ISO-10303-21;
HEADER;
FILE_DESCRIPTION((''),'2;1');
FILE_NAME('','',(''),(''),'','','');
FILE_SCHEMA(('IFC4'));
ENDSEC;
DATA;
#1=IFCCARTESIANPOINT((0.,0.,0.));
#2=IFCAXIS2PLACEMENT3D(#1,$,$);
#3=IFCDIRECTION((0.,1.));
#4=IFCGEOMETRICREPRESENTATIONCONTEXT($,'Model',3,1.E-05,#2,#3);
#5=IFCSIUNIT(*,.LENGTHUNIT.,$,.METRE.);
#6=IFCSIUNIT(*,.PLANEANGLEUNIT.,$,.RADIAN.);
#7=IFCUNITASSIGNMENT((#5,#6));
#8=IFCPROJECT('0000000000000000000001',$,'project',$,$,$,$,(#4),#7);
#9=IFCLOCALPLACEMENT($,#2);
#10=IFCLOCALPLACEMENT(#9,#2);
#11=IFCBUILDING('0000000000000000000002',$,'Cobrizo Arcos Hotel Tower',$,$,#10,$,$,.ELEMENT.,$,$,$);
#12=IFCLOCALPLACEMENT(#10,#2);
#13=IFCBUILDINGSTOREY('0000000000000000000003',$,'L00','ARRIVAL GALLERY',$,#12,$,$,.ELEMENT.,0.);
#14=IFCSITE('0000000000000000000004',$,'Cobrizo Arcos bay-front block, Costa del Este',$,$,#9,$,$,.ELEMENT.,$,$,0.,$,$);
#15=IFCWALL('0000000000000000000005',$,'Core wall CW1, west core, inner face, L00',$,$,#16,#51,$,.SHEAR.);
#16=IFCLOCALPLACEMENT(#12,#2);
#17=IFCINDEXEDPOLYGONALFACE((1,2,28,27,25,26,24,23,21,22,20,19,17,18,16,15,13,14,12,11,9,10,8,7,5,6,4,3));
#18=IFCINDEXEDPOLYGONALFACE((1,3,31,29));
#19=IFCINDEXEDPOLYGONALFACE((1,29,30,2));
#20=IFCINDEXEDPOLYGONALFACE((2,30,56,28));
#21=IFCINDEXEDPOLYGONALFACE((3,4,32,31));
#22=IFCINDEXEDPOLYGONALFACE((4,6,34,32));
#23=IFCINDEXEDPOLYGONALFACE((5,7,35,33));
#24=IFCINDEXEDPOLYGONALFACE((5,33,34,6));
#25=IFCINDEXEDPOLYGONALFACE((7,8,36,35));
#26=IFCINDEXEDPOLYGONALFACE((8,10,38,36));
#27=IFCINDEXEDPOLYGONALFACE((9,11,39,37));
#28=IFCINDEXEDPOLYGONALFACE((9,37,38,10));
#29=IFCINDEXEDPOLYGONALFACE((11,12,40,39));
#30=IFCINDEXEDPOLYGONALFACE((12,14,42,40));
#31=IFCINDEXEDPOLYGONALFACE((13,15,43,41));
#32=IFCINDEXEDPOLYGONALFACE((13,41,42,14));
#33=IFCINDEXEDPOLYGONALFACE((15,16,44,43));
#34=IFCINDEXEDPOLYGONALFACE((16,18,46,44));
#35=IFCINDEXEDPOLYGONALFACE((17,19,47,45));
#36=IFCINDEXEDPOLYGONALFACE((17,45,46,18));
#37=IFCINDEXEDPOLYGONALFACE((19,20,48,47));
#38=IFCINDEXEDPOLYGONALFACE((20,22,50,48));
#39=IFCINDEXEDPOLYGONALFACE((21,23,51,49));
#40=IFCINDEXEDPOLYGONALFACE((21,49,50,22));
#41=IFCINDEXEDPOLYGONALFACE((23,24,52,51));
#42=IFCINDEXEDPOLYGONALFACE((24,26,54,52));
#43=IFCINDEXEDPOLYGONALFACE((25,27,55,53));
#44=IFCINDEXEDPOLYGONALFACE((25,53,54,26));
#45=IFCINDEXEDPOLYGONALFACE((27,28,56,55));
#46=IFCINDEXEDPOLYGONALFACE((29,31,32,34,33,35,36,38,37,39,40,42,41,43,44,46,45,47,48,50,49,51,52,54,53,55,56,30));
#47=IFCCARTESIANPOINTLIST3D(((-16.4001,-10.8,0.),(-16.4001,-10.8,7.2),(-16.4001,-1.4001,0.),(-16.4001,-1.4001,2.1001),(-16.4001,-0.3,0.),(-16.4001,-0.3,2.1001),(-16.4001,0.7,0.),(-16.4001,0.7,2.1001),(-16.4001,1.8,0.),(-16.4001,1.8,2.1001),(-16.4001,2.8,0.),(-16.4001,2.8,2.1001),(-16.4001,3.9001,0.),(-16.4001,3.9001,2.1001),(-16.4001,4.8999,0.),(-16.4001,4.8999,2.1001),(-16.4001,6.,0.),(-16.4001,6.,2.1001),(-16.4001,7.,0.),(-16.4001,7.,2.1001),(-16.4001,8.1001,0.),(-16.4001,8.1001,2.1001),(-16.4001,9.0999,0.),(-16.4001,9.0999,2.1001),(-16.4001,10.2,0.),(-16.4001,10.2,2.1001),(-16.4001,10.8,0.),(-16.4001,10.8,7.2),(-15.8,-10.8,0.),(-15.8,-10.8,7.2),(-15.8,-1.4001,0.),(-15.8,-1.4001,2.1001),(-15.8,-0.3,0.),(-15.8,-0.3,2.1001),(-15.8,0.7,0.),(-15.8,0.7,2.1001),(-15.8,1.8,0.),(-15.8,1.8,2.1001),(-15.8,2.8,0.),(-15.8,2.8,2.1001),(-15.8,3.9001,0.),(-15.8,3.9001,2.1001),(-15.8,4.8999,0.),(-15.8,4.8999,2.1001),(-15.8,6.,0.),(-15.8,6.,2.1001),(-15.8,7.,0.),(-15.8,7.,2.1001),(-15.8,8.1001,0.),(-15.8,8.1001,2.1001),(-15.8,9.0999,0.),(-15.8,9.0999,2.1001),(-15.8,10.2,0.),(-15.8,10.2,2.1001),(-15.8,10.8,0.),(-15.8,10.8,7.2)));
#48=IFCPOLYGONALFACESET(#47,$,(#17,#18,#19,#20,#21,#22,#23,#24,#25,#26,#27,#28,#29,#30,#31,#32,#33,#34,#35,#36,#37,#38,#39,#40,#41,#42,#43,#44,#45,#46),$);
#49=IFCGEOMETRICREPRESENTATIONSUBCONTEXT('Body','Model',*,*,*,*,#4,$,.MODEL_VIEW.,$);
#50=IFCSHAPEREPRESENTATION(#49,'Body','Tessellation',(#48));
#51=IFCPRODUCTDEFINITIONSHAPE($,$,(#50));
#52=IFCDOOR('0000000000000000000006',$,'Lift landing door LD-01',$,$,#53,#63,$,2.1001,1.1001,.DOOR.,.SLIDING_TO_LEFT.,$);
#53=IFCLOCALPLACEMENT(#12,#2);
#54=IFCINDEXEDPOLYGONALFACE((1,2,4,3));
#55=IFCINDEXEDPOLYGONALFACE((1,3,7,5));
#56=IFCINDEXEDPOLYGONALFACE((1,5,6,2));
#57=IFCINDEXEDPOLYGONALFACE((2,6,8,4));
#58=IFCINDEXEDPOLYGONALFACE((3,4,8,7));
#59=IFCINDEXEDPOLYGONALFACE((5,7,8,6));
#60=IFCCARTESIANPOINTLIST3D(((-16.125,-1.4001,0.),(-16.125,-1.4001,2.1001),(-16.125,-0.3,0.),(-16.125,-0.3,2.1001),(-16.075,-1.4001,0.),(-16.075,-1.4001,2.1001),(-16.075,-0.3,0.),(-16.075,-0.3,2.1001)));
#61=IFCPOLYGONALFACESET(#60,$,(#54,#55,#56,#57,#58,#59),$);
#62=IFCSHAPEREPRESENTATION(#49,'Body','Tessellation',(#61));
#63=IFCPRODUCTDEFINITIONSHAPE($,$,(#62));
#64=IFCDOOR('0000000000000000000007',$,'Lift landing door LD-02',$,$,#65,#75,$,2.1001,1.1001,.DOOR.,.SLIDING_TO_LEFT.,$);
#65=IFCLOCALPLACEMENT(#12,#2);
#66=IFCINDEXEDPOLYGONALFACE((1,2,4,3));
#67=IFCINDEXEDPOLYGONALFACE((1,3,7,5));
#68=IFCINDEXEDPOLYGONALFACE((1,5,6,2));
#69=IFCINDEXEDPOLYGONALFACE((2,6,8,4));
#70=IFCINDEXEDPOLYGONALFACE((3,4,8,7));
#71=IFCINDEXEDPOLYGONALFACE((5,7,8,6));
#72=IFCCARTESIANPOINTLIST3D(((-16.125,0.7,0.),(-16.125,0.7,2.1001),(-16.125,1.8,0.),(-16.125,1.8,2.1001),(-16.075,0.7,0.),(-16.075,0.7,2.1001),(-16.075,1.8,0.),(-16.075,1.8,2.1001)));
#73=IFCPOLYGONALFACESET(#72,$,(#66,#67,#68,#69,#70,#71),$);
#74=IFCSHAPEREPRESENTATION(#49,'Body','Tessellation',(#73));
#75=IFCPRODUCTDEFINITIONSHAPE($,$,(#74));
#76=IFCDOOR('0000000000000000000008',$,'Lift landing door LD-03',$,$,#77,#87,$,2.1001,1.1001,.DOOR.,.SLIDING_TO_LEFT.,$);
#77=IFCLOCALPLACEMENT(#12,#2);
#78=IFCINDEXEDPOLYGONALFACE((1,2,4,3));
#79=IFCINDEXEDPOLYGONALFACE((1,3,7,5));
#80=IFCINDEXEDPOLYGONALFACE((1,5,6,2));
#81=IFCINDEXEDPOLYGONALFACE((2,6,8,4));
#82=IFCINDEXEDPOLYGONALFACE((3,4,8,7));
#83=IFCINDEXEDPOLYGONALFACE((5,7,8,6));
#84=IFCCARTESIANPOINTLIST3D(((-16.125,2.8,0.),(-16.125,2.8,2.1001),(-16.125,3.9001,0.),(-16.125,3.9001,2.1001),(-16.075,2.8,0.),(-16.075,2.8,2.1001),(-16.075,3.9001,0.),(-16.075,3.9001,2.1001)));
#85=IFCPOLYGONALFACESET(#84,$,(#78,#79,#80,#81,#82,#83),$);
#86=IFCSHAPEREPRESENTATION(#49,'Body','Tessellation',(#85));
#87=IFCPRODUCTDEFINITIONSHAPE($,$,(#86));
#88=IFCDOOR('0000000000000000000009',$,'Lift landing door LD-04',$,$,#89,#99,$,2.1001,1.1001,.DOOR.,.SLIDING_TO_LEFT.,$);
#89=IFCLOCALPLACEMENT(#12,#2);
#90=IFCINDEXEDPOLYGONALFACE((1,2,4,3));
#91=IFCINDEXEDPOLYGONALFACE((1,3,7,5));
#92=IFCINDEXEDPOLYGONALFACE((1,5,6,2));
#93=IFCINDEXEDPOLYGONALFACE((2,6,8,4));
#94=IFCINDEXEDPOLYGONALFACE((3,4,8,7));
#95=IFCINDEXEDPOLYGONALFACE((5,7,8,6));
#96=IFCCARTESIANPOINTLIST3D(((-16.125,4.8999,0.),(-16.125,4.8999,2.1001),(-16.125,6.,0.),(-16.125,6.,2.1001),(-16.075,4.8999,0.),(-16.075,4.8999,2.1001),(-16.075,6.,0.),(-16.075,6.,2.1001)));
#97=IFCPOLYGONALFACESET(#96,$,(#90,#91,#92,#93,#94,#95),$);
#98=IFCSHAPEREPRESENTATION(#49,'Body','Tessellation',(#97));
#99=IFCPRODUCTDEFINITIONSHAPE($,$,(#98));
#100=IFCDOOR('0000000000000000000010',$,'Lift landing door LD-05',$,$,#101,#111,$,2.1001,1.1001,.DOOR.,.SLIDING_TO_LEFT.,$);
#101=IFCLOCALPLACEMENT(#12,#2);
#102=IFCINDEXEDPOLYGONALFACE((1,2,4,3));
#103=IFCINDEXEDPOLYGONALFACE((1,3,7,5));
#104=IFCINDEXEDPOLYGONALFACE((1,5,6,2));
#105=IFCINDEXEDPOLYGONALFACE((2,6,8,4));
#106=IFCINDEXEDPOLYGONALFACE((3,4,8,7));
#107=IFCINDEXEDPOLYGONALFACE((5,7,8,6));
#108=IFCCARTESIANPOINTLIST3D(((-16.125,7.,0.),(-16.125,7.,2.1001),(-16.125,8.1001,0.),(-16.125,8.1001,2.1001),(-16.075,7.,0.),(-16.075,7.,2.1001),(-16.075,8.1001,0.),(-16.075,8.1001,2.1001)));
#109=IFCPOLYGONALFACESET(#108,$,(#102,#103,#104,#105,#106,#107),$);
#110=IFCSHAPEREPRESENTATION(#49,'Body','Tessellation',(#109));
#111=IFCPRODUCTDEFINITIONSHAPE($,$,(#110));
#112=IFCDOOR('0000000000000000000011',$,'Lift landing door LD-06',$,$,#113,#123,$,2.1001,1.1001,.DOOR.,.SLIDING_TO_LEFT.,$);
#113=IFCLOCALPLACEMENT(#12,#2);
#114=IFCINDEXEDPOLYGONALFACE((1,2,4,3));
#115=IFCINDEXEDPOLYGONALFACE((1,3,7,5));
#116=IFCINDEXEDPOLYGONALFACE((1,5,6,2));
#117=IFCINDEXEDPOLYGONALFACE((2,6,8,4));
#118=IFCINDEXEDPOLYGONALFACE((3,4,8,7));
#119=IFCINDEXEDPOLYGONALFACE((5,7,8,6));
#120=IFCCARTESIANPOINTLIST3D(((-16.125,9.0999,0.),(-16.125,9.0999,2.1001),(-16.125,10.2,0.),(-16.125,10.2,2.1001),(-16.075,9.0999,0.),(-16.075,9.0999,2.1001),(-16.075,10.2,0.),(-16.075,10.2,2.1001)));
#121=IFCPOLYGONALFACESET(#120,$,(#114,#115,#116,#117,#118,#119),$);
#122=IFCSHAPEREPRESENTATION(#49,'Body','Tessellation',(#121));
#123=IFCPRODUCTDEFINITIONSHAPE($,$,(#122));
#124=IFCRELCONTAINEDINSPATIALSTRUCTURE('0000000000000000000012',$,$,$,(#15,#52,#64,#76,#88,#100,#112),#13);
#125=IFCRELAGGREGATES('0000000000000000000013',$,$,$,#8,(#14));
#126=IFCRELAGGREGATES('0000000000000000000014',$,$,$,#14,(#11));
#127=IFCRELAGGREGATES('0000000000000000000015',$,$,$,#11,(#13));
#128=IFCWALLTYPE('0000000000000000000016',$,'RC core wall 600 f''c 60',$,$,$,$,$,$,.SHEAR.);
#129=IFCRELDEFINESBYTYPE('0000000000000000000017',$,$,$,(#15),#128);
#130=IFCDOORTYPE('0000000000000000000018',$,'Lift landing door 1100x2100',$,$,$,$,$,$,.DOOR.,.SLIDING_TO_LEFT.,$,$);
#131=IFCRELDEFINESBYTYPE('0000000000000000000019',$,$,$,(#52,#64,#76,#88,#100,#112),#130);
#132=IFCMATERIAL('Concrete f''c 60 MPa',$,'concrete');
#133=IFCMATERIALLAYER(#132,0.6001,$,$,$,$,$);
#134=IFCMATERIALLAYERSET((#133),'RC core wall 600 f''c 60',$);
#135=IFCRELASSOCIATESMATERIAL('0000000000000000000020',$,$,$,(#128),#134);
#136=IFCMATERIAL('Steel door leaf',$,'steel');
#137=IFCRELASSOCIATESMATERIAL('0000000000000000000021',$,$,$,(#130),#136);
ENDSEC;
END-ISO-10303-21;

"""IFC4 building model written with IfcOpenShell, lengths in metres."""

from ifc_helpers import new_model, si_unit, direction, frame, frame_2d, origin, place, context, subcontext, project, spatial, rectangle, extrude, material, layer, layer_set, type_object, element, fill, save


model = new_model("IFC4")

# Units and contexts
model_context = context("Model", 3, precision=1e-05, world=origin(), true_north=direction((0.0, 1.0)))
body_context = subcontext(model_context, "Body", "Model", "MODEL_VIEW")
ifc_project = project(units=[si_unit("LENGTHUNIT", "METRE"), si_unit("PLANEANGLEUNIT", "RADIAN")], contexts=[model_context])

# Site, building, storey
site_placement = place(None, origin())
site = spatial("IfcSite", under=ifc_project, at=site_placement, Name="Cobrizo Arcos bay-front block, Costa del Este", CompositionType="ELEMENT", RefElevation=0.0)
building_placement = place(site_placement, origin())
building = spatial("IfcBuilding", under=site, at=building_placement, Name="Cobrizo Arcos Hotel Tower", CompositionType="ELEMENT")
storey_placement = place(building_placement, origin())
storey = spatial("IfcBuildingStorey", under=building, at=storey_placement, Name="L00", Description="ARRIVAL GALLERY", CompositionType="ELEMENT", Elevation=0.0)

# Wall, openings, doors
ifc_material_1 = material(Name="Concrete f'c 60 MPa", Category="concrete")
ifc_layer_1 = layer(ifc_material_1, 0.6001)
ifc_layer_set_1 = layer_set([ifc_layer_1], Name="RC core wall 600 f'c 60")
wall_type_1 = type_object("IfcWallType", Name="RC core wall 600 f'c 60", PredefinedType="SHEAR", material=ifc_layer_set_1)
wall_1_placement = place(storey_placement, frame((-16.1001, -10.8, 0.0), z_axis=(0.0, 0.0, 1.0), x_axis=(0.0, 1.0, 0.0)))
wall_1 = element("IfcWall", 1, at=wall_1_placement, inside=storey, type_object=wall_type_1, Name="Core wall CW1, west core, inner face, L00", PredefinedType="SHEAR", context=body_context, shape_type="SweptSolid", body=[
    extrude(rectangle(XDim=21.6001, YDim=0.6001, at=frame_2d((10.8, 0.0))), origin(), (0.0, 0.0, 1.0), 7.2),
])
opening_1_placement = place(wall_1_placement, frame((9.3999, 0.0, 0.0)))
opening_1 = element("IfcOpeningElement", 2, at=opening_1_placement, cuts=wall_1, PredefinedType="OPENING", context=body_context, shape_type="SweptSolid", body=[
    extrude(rectangle(XDim=1.1001, YDim=2.1001, at=frame_2d((0.55, 1.05))), frame((0.0, 0.312, 0.0), z_axis=(0.0, -1.0, 0.0), x_axis=(1.0, 0.0, 0.0)), (0.0, 0.0, 1.0), 0.624),
])
opening_2_placement = place(wall_1_placement, frame((11.5, 0.0, 0.0)))
opening_2 = element("IfcOpeningElement", 3, at=opening_2_placement, cuts=wall_1, PredefinedType="OPENING", context=body_context, shape_type="SweptSolid", body=[
    extrude(rectangle(XDim=1.1001, YDim=2.1001, at=frame_2d((0.55, 1.05))), frame((0.0, 0.312, 0.0), z_axis=(0.0, -1.0, 0.0), x_axis=(1.0, 0.0, 0.0)), (0.0, 0.0, 1.0), 0.624),
])
opening_3_placement = place(wall_1_placement, frame((13.6001, 0.0, 0.0)))
opening_3 = element("IfcOpeningElement", 4, at=opening_3_placement, cuts=wall_1, PredefinedType="OPENING", context=body_context, shape_type="SweptSolid", body=[
    extrude(rectangle(XDim=1.1001, YDim=2.1001, at=frame_2d((0.55, 1.05))), frame((0.0, 0.312, 0.0), z_axis=(0.0, -1.0, 0.0), x_axis=(1.0, 0.0, 0.0)), (0.0, 0.0, 1.0), 0.624),
])
opening_4_placement = place(wall_1_placement, frame((15.7, 0.0, 0.0)))
opening_4 = element("IfcOpeningElement", 5, at=opening_4_placement, cuts=wall_1, PredefinedType="OPENING", context=body_context, shape_type="SweptSolid", body=[
    extrude(rectangle(XDim=1.1001, YDim=2.1001, at=frame_2d((0.55, 1.05))), frame((0.0, 0.312, 0.0), z_axis=(0.0, -1.0, 0.0), x_axis=(1.0, 0.0, 0.0)), (0.0, 0.0, 1.0), 0.624),
])
opening_5_placement = place(wall_1_placement, frame((17.8, 0.0, 0.0)))
opening_5 = element("IfcOpeningElement", 6, at=opening_5_placement, cuts=wall_1, PredefinedType="OPENING", context=body_context, shape_type="SweptSolid", body=[
    extrude(rectangle(XDim=1.1001, YDim=2.1001, at=frame_2d((0.55, 1.05))), frame((0.0, 0.312, 0.0), z_axis=(0.0, -1.0, 0.0), x_axis=(1.0, 0.0, 0.0)), (0.0, 0.0, 1.0), 0.624),
])
opening_6_placement = place(wall_1_placement, frame((19.8999, 0.0, 0.0)))
opening_6 = element("IfcOpeningElement", 7, at=opening_6_placement, cuts=wall_1, PredefinedType="OPENING", context=body_context, shape_type="SweptSolid", body=[
    extrude(rectangle(XDim=1.1001, YDim=2.1001, at=frame_2d((0.55, 1.05))), frame((0.0, 0.312, 0.0), z_axis=(0.0, -1.0, 0.0), x_axis=(1.0, 0.0, 0.0)), (0.0, 0.0, 1.0), 0.624),
])
ifc_material_2 = material(Name="Steel door leaf", Category="steel")
door_type_1 = type_object("IfcDoorType", Name="Lift landing door 1100x2100", OperationType="SLIDING_TO_LEFT", PredefinedType="DOOR", material=ifc_material_2)
door_1_placement = place(opening_1_placement, origin())
door_1 = element("IfcDoor", 8, at=door_1_placement, inside=storey, type_object=door_type_1, Name="Lift landing door LD-01", OperationType="SLIDING_TO_LEFT", OverallHeight=2.1001, OverallWidth=1.1001, PredefinedType="DOOR", context=body_context, shape_type="SweptSolid", body=[
    extrude(rectangle(XDim=1.1001, YDim=2.1001, at=frame_2d((0.55, 1.05))), frame((0.0, 0.0249, 0.0), z_axis=(0.0, -1.0, 0.0), x_axis=(1.0, 0.0, 0.0)), (0.0, 0.0, 1.0), 0.05),
])
fill(opening_1, door_1)
door_2_placement = place(opening_2_placement, origin())
door_2 = element("IfcDoor", 9, at=door_2_placement, inside=storey, type_object=door_type_1, Name="Lift landing door LD-02", OperationType="SLIDING_TO_LEFT", OverallHeight=2.1001, OverallWidth=1.1001, PredefinedType="DOOR", context=body_context, shape_type="SweptSolid", body=[
    extrude(rectangle(XDim=1.1001, YDim=2.1001, at=frame_2d((0.55, 1.05))), frame((0.0, 0.0249, 0.0), z_axis=(0.0, -1.0, 0.0), x_axis=(1.0, 0.0, 0.0)), (0.0, 0.0, 1.0), 0.05),
])
fill(opening_2, door_2)
door_3_placement = place(opening_3_placement, origin())
door_3 = element("IfcDoor", 10, at=door_3_placement, inside=storey, type_object=door_type_1, Name="Lift landing door LD-03", OperationType="SLIDING_TO_LEFT", OverallHeight=2.1001, OverallWidth=1.1001, PredefinedType="DOOR", context=body_context, shape_type="SweptSolid", body=[
    extrude(rectangle(XDim=1.1001, YDim=2.1001, at=frame_2d((0.55, 1.05))), frame((0.0, 0.0249, 0.0), z_axis=(0.0, -1.0, 0.0), x_axis=(1.0, 0.0, 0.0)), (0.0, 0.0, 1.0), 0.05),
])
fill(opening_3, door_3)
door_4_placement = place(opening_4_placement, origin())
door_4 = element("IfcDoor", 11, at=door_4_placement, inside=storey, type_object=door_type_1, Name="Lift landing door LD-04", OperationType="SLIDING_TO_LEFT", OverallHeight=2.1001, OverallWidth=1.1001, PredefinedType="DOOR", context=body_context, shape_type="SweptSolid", body=[
    extrude(rectangle(XDim=1.1001, YDim=2.1001, at=frame_2d((0.55, 1.05))), frame((0.0, 0.0249, 0.0), z_axis=(0.0, -1.0, 0.0), x_axis=(1.0, 0.0, 0.0)), (0.0, 0.0, 1.0), 0.05),
])
fill(opening_4, door_4)
door_5_placement = place(opening_5_placement, origin())
door_5 = element("IfcDoor", 12, at=door_5_placement, inside=storey, type_object=door_type_1, Name="Lift landing door LD-05", OperationType="SLIDING_TO_LEFT", OverallHeight=2.1001, OverallWidth=1.1001, PredefinedType="DOOR", context=body_context, shape_type="SweptSolid", body=[
    extrude(rectangle(XDim=1.1001, YDim=2.1001, at=frame_2d((0.55, 1.05))), frame((0.0, 0.0249, 0.0), z_axis=(0.0, -1.0, 0.0), x_axis=(1.0, 0.0, 0.0)), (0.0, 0.0, 1.0), 0.05),
])
fill(opening_5, door_5)
door_6_placement = place(opening_6_placement, origin())
door_6 = element("IfcDoor", 13, at=door_6_placement, inside=storey, type_object=door_type_1, Name="Lift landing door LD-06", OperationType="SLIDING_TO_LEFT", OverallHeight=2.1001, OverallWidth=1.1001, PredefinedType="DOOR", context=body_context, shape_type="SweptSolid", body=[
    extrude(rectangle(XDim=1.1001, YDim=2.1001, at=frame_2d((0.55, 1.05))), frame((0.0, 0.0249, 0.0), z_axis=(0.0, -1.0, 0.0), x_axis=(1.0, 0.0, 0.0)), (0.0, 0.0, 1.0), 0.05),
])
fill(opening_6, door_6)

save(model, "model.ifc")
